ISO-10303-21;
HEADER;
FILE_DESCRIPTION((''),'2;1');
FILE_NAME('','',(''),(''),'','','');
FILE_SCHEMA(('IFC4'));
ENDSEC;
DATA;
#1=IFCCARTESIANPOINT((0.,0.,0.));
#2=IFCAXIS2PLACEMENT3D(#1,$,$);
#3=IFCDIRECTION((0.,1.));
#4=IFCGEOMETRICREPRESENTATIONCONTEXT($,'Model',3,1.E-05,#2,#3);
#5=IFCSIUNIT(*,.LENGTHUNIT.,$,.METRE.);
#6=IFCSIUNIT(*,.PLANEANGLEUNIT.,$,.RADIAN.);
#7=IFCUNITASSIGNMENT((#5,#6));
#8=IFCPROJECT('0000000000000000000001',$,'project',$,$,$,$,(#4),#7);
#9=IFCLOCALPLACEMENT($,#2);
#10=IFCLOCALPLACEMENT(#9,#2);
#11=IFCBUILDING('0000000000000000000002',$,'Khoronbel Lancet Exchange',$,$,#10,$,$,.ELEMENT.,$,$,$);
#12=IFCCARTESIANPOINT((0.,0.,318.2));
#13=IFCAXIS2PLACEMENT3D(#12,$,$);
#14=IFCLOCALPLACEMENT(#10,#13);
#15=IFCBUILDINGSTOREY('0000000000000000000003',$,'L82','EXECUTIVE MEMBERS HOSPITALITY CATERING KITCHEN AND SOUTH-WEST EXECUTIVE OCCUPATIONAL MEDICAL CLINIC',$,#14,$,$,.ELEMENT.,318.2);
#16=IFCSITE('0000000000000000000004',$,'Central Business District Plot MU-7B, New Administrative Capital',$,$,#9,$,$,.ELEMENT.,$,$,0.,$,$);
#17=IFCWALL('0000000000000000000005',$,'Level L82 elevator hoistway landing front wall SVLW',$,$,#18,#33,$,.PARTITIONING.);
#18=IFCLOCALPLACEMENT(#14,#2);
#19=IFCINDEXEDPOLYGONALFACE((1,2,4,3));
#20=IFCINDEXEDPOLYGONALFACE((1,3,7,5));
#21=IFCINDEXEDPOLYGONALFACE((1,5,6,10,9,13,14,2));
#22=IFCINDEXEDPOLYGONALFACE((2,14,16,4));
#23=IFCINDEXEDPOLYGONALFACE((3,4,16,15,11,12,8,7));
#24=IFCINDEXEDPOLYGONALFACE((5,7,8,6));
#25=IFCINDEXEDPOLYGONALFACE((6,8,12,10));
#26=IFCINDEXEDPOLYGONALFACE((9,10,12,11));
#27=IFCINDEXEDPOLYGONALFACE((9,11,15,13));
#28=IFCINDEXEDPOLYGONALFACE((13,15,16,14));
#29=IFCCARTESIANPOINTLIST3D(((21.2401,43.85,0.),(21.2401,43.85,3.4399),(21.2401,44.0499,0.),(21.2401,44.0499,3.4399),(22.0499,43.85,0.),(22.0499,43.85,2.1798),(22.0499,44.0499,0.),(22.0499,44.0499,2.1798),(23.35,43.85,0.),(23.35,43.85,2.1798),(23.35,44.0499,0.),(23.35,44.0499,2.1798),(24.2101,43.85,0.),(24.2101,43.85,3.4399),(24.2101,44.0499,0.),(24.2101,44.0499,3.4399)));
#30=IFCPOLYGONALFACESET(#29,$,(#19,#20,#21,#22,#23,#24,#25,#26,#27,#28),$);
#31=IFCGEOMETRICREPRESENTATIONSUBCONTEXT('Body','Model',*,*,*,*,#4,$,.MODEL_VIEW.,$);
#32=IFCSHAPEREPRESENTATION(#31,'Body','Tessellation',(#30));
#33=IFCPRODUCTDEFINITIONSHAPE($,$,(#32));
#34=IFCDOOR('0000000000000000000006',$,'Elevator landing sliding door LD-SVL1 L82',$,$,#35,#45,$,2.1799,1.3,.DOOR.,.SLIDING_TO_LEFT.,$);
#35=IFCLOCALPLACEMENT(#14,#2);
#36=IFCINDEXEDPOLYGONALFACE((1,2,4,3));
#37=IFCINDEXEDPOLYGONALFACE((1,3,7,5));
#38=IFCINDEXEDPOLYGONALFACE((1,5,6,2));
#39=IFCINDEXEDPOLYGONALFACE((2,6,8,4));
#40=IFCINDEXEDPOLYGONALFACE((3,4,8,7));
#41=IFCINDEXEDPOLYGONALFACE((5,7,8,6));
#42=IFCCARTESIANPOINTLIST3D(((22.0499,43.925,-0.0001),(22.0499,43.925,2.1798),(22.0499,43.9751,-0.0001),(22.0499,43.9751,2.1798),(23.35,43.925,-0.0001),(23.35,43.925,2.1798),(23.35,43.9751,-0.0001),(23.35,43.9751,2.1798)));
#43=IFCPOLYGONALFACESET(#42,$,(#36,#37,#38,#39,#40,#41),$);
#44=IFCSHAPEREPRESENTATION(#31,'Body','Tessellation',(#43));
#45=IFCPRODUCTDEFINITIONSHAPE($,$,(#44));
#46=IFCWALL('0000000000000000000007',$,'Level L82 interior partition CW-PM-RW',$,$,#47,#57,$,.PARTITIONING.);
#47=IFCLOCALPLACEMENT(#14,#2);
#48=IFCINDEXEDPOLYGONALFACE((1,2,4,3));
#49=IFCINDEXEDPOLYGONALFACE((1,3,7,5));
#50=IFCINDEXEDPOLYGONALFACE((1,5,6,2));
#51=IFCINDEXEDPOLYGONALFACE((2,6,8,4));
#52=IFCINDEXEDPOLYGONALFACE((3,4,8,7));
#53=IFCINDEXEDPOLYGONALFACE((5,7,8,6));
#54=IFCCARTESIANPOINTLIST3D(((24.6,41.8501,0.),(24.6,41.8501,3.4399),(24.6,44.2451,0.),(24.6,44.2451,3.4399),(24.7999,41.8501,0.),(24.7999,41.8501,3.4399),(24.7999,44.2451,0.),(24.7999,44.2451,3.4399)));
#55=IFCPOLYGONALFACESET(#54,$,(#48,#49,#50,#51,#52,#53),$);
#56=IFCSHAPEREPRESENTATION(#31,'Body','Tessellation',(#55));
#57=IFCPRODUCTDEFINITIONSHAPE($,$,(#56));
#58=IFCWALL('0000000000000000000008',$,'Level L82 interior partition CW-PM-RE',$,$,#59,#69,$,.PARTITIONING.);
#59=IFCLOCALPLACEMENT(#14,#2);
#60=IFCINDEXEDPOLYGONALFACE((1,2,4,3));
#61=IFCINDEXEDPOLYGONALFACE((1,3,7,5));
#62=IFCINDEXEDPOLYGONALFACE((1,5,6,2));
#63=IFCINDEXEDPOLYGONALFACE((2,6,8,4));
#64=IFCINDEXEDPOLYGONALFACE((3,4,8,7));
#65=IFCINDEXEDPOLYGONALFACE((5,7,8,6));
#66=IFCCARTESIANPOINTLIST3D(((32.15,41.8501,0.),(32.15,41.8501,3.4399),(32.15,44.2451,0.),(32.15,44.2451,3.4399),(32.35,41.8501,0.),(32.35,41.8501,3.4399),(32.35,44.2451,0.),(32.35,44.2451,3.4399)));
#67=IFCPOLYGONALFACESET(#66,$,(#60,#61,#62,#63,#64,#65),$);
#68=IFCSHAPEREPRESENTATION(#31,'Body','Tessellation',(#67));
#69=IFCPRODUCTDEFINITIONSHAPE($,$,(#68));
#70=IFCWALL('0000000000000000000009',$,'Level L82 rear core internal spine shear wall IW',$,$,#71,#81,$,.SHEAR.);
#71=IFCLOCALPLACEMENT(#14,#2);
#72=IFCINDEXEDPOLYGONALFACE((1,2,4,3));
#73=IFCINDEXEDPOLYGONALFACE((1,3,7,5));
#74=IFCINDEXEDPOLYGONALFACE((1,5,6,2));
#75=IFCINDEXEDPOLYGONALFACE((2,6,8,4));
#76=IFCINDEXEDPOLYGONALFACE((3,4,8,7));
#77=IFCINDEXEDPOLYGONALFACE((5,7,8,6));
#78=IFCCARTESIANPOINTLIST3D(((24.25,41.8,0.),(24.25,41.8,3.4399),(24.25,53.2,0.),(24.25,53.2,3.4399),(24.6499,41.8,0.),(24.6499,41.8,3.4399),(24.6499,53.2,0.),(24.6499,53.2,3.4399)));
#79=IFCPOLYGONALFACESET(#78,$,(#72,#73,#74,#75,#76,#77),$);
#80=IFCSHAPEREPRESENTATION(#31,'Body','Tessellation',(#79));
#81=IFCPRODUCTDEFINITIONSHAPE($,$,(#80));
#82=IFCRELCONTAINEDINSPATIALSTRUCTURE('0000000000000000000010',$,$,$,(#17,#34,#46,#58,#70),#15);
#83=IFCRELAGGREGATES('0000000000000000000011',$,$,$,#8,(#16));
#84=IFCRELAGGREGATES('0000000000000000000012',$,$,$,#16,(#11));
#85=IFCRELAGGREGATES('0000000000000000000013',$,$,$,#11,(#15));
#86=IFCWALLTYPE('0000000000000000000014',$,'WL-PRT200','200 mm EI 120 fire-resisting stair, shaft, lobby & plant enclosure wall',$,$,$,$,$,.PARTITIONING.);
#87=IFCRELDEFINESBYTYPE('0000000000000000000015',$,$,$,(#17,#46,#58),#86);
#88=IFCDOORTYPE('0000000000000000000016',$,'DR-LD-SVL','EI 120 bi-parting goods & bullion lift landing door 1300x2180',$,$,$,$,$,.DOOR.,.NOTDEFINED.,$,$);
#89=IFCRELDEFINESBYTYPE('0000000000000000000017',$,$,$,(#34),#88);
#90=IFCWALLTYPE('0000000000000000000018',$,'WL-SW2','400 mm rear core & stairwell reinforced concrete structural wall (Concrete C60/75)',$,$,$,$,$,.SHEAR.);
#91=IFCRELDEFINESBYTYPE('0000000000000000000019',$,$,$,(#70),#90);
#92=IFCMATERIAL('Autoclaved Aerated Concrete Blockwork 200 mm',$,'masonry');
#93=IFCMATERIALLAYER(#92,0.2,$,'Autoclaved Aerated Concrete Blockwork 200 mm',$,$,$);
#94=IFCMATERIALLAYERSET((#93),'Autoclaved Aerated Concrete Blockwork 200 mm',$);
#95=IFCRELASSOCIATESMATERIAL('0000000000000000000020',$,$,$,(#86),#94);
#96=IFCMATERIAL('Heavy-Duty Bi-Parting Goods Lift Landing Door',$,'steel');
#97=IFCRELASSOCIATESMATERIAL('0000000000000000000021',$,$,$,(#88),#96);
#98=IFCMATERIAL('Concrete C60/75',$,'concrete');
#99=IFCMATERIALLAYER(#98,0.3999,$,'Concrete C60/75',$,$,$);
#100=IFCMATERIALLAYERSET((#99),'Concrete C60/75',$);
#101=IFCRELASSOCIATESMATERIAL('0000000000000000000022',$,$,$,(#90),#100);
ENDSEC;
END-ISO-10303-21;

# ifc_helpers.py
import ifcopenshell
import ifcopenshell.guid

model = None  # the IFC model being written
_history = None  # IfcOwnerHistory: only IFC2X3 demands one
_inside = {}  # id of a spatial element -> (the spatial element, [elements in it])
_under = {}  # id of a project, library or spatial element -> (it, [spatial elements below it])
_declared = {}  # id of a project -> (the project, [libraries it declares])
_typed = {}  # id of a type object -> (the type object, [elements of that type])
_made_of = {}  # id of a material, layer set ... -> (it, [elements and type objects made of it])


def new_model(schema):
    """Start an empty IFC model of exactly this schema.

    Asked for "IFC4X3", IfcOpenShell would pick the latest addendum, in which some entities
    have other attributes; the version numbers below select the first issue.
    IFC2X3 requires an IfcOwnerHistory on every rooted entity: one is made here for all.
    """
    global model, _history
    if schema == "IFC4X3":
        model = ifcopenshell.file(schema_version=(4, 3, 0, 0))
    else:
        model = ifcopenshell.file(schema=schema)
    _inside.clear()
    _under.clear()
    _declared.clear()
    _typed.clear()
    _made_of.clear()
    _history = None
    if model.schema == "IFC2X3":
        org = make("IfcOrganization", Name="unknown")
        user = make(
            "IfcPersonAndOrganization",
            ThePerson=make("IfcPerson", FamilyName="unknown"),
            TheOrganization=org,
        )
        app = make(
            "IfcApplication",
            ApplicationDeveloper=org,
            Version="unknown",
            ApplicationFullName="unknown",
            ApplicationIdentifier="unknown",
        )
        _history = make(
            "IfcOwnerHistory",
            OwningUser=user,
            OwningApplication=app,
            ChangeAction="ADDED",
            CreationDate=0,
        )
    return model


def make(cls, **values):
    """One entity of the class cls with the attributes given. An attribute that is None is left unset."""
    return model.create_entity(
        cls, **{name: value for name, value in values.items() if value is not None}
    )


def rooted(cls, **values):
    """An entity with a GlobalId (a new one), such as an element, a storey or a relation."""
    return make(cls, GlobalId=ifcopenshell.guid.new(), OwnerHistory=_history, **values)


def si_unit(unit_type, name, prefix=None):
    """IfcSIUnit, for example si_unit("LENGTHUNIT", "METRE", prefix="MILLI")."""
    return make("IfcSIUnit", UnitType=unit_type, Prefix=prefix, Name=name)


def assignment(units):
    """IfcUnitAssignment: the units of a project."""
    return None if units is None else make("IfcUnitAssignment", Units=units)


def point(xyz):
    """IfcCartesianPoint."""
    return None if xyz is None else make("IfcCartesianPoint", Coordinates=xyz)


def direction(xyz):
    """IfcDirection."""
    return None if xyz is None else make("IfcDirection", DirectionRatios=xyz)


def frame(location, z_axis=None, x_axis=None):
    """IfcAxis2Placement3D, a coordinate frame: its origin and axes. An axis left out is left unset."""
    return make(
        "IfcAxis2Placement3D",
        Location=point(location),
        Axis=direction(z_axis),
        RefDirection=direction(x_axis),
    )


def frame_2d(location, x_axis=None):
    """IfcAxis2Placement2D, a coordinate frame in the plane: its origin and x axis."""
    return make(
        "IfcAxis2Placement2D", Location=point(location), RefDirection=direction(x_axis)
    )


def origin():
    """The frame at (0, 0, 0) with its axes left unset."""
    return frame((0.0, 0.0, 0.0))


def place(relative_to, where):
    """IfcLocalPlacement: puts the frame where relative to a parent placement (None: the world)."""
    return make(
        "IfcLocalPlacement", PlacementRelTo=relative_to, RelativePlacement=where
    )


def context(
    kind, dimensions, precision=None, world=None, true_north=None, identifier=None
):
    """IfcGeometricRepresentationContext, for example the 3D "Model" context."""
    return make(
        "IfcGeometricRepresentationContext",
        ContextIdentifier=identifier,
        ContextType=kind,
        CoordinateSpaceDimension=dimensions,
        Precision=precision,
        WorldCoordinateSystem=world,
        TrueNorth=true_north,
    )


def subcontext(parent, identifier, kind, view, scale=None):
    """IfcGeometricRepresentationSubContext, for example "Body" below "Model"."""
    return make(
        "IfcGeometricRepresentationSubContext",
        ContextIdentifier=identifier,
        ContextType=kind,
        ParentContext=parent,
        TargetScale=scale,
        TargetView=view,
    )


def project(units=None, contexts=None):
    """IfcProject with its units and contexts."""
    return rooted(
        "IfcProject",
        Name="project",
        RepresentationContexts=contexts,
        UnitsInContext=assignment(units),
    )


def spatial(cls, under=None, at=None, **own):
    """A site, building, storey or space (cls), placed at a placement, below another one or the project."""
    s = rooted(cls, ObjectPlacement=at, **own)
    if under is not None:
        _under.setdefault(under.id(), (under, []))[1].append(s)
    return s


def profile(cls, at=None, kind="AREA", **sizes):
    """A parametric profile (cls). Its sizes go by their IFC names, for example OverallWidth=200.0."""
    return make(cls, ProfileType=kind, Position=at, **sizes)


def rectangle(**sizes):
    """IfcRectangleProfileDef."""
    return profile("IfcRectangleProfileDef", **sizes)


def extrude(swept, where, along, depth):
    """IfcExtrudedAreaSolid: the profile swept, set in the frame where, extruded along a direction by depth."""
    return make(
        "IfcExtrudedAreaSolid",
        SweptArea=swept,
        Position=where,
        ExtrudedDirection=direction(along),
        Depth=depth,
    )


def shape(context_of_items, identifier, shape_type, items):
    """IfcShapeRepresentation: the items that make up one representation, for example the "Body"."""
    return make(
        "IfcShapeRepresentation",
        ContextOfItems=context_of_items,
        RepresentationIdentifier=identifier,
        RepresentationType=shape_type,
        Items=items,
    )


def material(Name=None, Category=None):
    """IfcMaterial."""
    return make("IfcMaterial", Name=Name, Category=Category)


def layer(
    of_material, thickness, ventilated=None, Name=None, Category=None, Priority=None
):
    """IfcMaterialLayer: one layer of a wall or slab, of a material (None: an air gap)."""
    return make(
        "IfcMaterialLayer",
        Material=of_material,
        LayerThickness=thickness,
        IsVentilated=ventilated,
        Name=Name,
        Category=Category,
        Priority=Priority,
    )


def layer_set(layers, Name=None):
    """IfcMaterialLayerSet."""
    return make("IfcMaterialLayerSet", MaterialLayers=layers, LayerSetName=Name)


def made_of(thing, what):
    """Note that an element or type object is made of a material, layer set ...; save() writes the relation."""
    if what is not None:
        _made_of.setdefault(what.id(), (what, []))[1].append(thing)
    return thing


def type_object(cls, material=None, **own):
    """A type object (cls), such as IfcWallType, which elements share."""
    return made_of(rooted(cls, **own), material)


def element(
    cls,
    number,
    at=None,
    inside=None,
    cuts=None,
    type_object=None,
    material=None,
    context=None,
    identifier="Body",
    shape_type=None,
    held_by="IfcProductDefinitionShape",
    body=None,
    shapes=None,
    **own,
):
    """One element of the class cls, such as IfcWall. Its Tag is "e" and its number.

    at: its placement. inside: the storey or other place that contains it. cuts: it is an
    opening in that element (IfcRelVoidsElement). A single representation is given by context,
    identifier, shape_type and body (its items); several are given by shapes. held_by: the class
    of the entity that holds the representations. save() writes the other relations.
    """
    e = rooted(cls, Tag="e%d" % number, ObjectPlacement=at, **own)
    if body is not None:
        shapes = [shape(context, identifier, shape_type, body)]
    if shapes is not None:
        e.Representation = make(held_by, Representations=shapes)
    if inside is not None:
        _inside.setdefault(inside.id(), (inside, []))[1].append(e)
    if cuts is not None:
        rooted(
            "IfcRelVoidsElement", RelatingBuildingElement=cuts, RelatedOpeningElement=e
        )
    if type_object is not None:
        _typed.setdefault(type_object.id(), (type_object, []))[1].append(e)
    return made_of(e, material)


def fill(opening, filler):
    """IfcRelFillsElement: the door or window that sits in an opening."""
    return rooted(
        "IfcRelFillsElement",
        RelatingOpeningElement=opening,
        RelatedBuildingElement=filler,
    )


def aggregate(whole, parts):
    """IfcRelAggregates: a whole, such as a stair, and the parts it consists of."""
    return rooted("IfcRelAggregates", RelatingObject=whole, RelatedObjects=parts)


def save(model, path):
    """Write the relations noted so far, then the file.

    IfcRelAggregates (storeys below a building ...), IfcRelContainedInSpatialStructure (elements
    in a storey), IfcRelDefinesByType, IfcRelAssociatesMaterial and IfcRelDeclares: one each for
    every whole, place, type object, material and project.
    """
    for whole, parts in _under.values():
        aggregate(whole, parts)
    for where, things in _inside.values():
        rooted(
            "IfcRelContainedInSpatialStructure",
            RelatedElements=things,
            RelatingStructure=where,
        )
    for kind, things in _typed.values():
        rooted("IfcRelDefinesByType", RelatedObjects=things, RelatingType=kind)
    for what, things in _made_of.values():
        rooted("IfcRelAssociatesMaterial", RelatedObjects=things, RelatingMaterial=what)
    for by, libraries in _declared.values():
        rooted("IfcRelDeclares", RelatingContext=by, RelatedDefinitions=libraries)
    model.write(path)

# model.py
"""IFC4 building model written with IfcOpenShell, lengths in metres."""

from ifc_helpers import new_model, si_unit, direction, frame, frame_2d, origin, place, context, subcontext, project, spatial, rectangle, extrude, material, layer, layer_set, type_object, element, fill, save


model = new_model("IFC4")

# Units and contexts
model_context = context("Model", 3, precision=1e-05, world=origin(), true_north=direction((0.0, 1.0)))
body_context = subcontext(model_context, "Body", "Model", "MODEL_VIEW")
ifc_project = project(units=[si_unit("LENGTHUNIT", "METRE"), si_unit("PLANEANGLEUNIT", "RADIAN")], contexts=[model_context])

# Site, building, storey
site_placement = place(None, origin())
site = spatial("IfcSite", under=ifc_project, at=site_placement, Name="Central Business District Plot MU-7B, New Administrative Capital", CompositionType="ELEMENT", RefElevation=0.0)
building_placement = place(site_placement, origin())
building = spatial("IfcBuilding", under=site, at=building_placement, Name="Khoronbel Lancet Exchange", CompositionType="ELEMENT")
storey_placement = place(building_placement, frame((0.0, 0.0, 318.2)))
storey = spatial("IfcBuildingStorey", under=building, at=storey_placement, Name="L82", Description="EXECUTIVE MEMBERS HOSPITALITY CATERING KITCHEN AND SOUTH-WEST EXECUTIVE OCCUPATIONAL MEDICAL CLINIC", CompositionType="ELEMENT", Elevation=318.2)

# Shared definitions
ifc_material_1 = material(Name="Concrete C60/75", Category="concrete")

# Wall, opening, door
ifc_material_2 = material(Name="Autoclaved Aerated Concrete Blockwork 200 mm", Category="masonry")
ifc_layer_1 = layer(ifc_material_2, 0.2, Name="Autoclaved Aerated Concrete Blockwork 200 mm")
ifc_layer_set_1 = layer_set([ifc_layer_1], Name="Autoclaved Aerated Concrete Blockwork 200 mm")
wall_type_1 = type_object("IfcWallType", Name="WL-PRT200", Description="200 mm EI 120 fire-resisting stair, shaft, lobby & plant enclosure wall", PredefinedType="PARTITIONING", material=ifc_layer_set_1)
wall_1_placement = place(storey_placement, frame((24.21, 43.95, 0.0), z_axis=(0.0, 0.0, 1.0), x_axis=(-1.0, 0.0, 0.0)))
wall_1 = element("IfcWall", 1, at=wall_1_placement, inside=storey, type_object=wall_type_1, Name="Level L82 elevator hoistway landing front wall SVLW", PredefinedType="PARTITIONING", context=body_context, shape_type="SweptSolid", body=[
    extrude(rectangle(XDim=2.97, YDim=0.2, at=frame_2d((1.4849, 0.0))), origin(), (0.0, 0.0, 1.0), 3.4399),
])
opening_1_placement = place(wall_1_placement, frame((0.8601, 0.0, 0.0)))
opening_1 = element("IfcOpeningElement", 2, at=opening_1_placement, cuts=wall_1, PredefinedType="OPENING", context=body_context, shape_type="SweptSolid", body=[
    extrude(rectangle(XDim=1.3, YDim=2.1799, at=frame_2d((0.6499, 1.0898))), frame((0.0, 0.1099, 0.0), z_axis=(0.0, -1.0, 0.0), x_axis=(1.0, 0.0, 0.0)), (0.0, 0.0, 1.0), 0.22),
])
ifc_material_3 = material(Name="Heavy-Duty Bi-Parting Goods Lift Landing Door", Category="steel")
door_type_1 = type_object("IfcDoorType", Name="DR-LD-SVL", Description="EI 120 bi-parting goods & bullion lift landing door 1300x2180", OperationType="NOTDEFINED", PredefinedType="DOOR", material=ifc_material_3)
door_1_placement = place(opening_1_placement, origin())
door_1 = element("IfcDoor", 3, at=door_1_placement, inside=storey, type_object=door_type_1, Name="Elevator landing sliding door LD-SVL1 L82", OperationType="SLIDING_TO_LEFT", OverallHeight=2.1799, OverallWidth=1.3, PredefinedType="DOOR", context=body_context, shape_type="SweptSolid", body=[
    extrude(rectangle(XDim=1.3, YDim=2.1799, at=frame_2d((0.6499, 1.0898))), frame((0.0, 0.0249, 0.0), z_axis=(0.0, -1.0, 0.0), x_axis=(1.0, 0.0, 0.0)), (0.0, 0.0, 1.0), 0.05),
])
fill(opening_1, door_1)

# Walls
for number, where, z_axis, x_axis, name in (
    (4, (24.7, 41.8501, 0.0), (0.0, 0.0, 1.0), (0.0, 1.0, 0.0), "Level L82 interior partition CW-PM-RW"),
    (5, (32.25, 41.8501, 0.0), (0.0, 0.0, 1.0), (0.0, 1.0, 0.0), "Level L82 interior partition CW-PM-RE"),
):
    element("IfcWall", number, at=place(storey_placement, frame(where, z_axis=z_axis, x_axis=x_axis)), inside=storey, type_object=wall_type_1, Name=name, PredefinedType="PARTITIONING", context=body_context, shape_type="SweptSolid", body=[
        extrude(rectangle(XDim=2.395, YDim=0.2, at=frame_2d((1.1975, 0.0))), origin(), (0.0, 0.0, 1.0), 3.4399),
    ])
ifc_layer_2 = layer(ifc_material_1, 0.3999, Name="Concrete C60/75")
ifc_layer_set_2 = layer_set([ifc_layer_2], Name="Concrete C60/75")
wall_type_2 = type_object("IfcWallType", Name="WL-SW2", Description="400 mm rear core & stairwell reinforced concrete structural wall (Concrete C60/75)", PredefinedType="SHEAR", material=ifc_layer_set_2)
wall_2_placement = place(storey_placement, frame((24.45, 41.8, 0.0), z_axis=(0.0, 0.0, 1.0), x_axis=(0.0, 1.0, 0.0)))
element("IfcWall", 6, at=wall_2_placement, inside=storey, type_object=wall_type_2, Name="Level L82 rear core internal spine shear wall IW", PredefinedType="SHEAR", context=body_context, shape_type="SweptSolid", body=[
    extrude(rectangle(XDim=11.3999, YDim=0.3999, at=frame_2d((5.7, 0.0))), origin(), (0.0, 0.0, 1.0), 3.4399),
])

save(model, "model.ifc")
